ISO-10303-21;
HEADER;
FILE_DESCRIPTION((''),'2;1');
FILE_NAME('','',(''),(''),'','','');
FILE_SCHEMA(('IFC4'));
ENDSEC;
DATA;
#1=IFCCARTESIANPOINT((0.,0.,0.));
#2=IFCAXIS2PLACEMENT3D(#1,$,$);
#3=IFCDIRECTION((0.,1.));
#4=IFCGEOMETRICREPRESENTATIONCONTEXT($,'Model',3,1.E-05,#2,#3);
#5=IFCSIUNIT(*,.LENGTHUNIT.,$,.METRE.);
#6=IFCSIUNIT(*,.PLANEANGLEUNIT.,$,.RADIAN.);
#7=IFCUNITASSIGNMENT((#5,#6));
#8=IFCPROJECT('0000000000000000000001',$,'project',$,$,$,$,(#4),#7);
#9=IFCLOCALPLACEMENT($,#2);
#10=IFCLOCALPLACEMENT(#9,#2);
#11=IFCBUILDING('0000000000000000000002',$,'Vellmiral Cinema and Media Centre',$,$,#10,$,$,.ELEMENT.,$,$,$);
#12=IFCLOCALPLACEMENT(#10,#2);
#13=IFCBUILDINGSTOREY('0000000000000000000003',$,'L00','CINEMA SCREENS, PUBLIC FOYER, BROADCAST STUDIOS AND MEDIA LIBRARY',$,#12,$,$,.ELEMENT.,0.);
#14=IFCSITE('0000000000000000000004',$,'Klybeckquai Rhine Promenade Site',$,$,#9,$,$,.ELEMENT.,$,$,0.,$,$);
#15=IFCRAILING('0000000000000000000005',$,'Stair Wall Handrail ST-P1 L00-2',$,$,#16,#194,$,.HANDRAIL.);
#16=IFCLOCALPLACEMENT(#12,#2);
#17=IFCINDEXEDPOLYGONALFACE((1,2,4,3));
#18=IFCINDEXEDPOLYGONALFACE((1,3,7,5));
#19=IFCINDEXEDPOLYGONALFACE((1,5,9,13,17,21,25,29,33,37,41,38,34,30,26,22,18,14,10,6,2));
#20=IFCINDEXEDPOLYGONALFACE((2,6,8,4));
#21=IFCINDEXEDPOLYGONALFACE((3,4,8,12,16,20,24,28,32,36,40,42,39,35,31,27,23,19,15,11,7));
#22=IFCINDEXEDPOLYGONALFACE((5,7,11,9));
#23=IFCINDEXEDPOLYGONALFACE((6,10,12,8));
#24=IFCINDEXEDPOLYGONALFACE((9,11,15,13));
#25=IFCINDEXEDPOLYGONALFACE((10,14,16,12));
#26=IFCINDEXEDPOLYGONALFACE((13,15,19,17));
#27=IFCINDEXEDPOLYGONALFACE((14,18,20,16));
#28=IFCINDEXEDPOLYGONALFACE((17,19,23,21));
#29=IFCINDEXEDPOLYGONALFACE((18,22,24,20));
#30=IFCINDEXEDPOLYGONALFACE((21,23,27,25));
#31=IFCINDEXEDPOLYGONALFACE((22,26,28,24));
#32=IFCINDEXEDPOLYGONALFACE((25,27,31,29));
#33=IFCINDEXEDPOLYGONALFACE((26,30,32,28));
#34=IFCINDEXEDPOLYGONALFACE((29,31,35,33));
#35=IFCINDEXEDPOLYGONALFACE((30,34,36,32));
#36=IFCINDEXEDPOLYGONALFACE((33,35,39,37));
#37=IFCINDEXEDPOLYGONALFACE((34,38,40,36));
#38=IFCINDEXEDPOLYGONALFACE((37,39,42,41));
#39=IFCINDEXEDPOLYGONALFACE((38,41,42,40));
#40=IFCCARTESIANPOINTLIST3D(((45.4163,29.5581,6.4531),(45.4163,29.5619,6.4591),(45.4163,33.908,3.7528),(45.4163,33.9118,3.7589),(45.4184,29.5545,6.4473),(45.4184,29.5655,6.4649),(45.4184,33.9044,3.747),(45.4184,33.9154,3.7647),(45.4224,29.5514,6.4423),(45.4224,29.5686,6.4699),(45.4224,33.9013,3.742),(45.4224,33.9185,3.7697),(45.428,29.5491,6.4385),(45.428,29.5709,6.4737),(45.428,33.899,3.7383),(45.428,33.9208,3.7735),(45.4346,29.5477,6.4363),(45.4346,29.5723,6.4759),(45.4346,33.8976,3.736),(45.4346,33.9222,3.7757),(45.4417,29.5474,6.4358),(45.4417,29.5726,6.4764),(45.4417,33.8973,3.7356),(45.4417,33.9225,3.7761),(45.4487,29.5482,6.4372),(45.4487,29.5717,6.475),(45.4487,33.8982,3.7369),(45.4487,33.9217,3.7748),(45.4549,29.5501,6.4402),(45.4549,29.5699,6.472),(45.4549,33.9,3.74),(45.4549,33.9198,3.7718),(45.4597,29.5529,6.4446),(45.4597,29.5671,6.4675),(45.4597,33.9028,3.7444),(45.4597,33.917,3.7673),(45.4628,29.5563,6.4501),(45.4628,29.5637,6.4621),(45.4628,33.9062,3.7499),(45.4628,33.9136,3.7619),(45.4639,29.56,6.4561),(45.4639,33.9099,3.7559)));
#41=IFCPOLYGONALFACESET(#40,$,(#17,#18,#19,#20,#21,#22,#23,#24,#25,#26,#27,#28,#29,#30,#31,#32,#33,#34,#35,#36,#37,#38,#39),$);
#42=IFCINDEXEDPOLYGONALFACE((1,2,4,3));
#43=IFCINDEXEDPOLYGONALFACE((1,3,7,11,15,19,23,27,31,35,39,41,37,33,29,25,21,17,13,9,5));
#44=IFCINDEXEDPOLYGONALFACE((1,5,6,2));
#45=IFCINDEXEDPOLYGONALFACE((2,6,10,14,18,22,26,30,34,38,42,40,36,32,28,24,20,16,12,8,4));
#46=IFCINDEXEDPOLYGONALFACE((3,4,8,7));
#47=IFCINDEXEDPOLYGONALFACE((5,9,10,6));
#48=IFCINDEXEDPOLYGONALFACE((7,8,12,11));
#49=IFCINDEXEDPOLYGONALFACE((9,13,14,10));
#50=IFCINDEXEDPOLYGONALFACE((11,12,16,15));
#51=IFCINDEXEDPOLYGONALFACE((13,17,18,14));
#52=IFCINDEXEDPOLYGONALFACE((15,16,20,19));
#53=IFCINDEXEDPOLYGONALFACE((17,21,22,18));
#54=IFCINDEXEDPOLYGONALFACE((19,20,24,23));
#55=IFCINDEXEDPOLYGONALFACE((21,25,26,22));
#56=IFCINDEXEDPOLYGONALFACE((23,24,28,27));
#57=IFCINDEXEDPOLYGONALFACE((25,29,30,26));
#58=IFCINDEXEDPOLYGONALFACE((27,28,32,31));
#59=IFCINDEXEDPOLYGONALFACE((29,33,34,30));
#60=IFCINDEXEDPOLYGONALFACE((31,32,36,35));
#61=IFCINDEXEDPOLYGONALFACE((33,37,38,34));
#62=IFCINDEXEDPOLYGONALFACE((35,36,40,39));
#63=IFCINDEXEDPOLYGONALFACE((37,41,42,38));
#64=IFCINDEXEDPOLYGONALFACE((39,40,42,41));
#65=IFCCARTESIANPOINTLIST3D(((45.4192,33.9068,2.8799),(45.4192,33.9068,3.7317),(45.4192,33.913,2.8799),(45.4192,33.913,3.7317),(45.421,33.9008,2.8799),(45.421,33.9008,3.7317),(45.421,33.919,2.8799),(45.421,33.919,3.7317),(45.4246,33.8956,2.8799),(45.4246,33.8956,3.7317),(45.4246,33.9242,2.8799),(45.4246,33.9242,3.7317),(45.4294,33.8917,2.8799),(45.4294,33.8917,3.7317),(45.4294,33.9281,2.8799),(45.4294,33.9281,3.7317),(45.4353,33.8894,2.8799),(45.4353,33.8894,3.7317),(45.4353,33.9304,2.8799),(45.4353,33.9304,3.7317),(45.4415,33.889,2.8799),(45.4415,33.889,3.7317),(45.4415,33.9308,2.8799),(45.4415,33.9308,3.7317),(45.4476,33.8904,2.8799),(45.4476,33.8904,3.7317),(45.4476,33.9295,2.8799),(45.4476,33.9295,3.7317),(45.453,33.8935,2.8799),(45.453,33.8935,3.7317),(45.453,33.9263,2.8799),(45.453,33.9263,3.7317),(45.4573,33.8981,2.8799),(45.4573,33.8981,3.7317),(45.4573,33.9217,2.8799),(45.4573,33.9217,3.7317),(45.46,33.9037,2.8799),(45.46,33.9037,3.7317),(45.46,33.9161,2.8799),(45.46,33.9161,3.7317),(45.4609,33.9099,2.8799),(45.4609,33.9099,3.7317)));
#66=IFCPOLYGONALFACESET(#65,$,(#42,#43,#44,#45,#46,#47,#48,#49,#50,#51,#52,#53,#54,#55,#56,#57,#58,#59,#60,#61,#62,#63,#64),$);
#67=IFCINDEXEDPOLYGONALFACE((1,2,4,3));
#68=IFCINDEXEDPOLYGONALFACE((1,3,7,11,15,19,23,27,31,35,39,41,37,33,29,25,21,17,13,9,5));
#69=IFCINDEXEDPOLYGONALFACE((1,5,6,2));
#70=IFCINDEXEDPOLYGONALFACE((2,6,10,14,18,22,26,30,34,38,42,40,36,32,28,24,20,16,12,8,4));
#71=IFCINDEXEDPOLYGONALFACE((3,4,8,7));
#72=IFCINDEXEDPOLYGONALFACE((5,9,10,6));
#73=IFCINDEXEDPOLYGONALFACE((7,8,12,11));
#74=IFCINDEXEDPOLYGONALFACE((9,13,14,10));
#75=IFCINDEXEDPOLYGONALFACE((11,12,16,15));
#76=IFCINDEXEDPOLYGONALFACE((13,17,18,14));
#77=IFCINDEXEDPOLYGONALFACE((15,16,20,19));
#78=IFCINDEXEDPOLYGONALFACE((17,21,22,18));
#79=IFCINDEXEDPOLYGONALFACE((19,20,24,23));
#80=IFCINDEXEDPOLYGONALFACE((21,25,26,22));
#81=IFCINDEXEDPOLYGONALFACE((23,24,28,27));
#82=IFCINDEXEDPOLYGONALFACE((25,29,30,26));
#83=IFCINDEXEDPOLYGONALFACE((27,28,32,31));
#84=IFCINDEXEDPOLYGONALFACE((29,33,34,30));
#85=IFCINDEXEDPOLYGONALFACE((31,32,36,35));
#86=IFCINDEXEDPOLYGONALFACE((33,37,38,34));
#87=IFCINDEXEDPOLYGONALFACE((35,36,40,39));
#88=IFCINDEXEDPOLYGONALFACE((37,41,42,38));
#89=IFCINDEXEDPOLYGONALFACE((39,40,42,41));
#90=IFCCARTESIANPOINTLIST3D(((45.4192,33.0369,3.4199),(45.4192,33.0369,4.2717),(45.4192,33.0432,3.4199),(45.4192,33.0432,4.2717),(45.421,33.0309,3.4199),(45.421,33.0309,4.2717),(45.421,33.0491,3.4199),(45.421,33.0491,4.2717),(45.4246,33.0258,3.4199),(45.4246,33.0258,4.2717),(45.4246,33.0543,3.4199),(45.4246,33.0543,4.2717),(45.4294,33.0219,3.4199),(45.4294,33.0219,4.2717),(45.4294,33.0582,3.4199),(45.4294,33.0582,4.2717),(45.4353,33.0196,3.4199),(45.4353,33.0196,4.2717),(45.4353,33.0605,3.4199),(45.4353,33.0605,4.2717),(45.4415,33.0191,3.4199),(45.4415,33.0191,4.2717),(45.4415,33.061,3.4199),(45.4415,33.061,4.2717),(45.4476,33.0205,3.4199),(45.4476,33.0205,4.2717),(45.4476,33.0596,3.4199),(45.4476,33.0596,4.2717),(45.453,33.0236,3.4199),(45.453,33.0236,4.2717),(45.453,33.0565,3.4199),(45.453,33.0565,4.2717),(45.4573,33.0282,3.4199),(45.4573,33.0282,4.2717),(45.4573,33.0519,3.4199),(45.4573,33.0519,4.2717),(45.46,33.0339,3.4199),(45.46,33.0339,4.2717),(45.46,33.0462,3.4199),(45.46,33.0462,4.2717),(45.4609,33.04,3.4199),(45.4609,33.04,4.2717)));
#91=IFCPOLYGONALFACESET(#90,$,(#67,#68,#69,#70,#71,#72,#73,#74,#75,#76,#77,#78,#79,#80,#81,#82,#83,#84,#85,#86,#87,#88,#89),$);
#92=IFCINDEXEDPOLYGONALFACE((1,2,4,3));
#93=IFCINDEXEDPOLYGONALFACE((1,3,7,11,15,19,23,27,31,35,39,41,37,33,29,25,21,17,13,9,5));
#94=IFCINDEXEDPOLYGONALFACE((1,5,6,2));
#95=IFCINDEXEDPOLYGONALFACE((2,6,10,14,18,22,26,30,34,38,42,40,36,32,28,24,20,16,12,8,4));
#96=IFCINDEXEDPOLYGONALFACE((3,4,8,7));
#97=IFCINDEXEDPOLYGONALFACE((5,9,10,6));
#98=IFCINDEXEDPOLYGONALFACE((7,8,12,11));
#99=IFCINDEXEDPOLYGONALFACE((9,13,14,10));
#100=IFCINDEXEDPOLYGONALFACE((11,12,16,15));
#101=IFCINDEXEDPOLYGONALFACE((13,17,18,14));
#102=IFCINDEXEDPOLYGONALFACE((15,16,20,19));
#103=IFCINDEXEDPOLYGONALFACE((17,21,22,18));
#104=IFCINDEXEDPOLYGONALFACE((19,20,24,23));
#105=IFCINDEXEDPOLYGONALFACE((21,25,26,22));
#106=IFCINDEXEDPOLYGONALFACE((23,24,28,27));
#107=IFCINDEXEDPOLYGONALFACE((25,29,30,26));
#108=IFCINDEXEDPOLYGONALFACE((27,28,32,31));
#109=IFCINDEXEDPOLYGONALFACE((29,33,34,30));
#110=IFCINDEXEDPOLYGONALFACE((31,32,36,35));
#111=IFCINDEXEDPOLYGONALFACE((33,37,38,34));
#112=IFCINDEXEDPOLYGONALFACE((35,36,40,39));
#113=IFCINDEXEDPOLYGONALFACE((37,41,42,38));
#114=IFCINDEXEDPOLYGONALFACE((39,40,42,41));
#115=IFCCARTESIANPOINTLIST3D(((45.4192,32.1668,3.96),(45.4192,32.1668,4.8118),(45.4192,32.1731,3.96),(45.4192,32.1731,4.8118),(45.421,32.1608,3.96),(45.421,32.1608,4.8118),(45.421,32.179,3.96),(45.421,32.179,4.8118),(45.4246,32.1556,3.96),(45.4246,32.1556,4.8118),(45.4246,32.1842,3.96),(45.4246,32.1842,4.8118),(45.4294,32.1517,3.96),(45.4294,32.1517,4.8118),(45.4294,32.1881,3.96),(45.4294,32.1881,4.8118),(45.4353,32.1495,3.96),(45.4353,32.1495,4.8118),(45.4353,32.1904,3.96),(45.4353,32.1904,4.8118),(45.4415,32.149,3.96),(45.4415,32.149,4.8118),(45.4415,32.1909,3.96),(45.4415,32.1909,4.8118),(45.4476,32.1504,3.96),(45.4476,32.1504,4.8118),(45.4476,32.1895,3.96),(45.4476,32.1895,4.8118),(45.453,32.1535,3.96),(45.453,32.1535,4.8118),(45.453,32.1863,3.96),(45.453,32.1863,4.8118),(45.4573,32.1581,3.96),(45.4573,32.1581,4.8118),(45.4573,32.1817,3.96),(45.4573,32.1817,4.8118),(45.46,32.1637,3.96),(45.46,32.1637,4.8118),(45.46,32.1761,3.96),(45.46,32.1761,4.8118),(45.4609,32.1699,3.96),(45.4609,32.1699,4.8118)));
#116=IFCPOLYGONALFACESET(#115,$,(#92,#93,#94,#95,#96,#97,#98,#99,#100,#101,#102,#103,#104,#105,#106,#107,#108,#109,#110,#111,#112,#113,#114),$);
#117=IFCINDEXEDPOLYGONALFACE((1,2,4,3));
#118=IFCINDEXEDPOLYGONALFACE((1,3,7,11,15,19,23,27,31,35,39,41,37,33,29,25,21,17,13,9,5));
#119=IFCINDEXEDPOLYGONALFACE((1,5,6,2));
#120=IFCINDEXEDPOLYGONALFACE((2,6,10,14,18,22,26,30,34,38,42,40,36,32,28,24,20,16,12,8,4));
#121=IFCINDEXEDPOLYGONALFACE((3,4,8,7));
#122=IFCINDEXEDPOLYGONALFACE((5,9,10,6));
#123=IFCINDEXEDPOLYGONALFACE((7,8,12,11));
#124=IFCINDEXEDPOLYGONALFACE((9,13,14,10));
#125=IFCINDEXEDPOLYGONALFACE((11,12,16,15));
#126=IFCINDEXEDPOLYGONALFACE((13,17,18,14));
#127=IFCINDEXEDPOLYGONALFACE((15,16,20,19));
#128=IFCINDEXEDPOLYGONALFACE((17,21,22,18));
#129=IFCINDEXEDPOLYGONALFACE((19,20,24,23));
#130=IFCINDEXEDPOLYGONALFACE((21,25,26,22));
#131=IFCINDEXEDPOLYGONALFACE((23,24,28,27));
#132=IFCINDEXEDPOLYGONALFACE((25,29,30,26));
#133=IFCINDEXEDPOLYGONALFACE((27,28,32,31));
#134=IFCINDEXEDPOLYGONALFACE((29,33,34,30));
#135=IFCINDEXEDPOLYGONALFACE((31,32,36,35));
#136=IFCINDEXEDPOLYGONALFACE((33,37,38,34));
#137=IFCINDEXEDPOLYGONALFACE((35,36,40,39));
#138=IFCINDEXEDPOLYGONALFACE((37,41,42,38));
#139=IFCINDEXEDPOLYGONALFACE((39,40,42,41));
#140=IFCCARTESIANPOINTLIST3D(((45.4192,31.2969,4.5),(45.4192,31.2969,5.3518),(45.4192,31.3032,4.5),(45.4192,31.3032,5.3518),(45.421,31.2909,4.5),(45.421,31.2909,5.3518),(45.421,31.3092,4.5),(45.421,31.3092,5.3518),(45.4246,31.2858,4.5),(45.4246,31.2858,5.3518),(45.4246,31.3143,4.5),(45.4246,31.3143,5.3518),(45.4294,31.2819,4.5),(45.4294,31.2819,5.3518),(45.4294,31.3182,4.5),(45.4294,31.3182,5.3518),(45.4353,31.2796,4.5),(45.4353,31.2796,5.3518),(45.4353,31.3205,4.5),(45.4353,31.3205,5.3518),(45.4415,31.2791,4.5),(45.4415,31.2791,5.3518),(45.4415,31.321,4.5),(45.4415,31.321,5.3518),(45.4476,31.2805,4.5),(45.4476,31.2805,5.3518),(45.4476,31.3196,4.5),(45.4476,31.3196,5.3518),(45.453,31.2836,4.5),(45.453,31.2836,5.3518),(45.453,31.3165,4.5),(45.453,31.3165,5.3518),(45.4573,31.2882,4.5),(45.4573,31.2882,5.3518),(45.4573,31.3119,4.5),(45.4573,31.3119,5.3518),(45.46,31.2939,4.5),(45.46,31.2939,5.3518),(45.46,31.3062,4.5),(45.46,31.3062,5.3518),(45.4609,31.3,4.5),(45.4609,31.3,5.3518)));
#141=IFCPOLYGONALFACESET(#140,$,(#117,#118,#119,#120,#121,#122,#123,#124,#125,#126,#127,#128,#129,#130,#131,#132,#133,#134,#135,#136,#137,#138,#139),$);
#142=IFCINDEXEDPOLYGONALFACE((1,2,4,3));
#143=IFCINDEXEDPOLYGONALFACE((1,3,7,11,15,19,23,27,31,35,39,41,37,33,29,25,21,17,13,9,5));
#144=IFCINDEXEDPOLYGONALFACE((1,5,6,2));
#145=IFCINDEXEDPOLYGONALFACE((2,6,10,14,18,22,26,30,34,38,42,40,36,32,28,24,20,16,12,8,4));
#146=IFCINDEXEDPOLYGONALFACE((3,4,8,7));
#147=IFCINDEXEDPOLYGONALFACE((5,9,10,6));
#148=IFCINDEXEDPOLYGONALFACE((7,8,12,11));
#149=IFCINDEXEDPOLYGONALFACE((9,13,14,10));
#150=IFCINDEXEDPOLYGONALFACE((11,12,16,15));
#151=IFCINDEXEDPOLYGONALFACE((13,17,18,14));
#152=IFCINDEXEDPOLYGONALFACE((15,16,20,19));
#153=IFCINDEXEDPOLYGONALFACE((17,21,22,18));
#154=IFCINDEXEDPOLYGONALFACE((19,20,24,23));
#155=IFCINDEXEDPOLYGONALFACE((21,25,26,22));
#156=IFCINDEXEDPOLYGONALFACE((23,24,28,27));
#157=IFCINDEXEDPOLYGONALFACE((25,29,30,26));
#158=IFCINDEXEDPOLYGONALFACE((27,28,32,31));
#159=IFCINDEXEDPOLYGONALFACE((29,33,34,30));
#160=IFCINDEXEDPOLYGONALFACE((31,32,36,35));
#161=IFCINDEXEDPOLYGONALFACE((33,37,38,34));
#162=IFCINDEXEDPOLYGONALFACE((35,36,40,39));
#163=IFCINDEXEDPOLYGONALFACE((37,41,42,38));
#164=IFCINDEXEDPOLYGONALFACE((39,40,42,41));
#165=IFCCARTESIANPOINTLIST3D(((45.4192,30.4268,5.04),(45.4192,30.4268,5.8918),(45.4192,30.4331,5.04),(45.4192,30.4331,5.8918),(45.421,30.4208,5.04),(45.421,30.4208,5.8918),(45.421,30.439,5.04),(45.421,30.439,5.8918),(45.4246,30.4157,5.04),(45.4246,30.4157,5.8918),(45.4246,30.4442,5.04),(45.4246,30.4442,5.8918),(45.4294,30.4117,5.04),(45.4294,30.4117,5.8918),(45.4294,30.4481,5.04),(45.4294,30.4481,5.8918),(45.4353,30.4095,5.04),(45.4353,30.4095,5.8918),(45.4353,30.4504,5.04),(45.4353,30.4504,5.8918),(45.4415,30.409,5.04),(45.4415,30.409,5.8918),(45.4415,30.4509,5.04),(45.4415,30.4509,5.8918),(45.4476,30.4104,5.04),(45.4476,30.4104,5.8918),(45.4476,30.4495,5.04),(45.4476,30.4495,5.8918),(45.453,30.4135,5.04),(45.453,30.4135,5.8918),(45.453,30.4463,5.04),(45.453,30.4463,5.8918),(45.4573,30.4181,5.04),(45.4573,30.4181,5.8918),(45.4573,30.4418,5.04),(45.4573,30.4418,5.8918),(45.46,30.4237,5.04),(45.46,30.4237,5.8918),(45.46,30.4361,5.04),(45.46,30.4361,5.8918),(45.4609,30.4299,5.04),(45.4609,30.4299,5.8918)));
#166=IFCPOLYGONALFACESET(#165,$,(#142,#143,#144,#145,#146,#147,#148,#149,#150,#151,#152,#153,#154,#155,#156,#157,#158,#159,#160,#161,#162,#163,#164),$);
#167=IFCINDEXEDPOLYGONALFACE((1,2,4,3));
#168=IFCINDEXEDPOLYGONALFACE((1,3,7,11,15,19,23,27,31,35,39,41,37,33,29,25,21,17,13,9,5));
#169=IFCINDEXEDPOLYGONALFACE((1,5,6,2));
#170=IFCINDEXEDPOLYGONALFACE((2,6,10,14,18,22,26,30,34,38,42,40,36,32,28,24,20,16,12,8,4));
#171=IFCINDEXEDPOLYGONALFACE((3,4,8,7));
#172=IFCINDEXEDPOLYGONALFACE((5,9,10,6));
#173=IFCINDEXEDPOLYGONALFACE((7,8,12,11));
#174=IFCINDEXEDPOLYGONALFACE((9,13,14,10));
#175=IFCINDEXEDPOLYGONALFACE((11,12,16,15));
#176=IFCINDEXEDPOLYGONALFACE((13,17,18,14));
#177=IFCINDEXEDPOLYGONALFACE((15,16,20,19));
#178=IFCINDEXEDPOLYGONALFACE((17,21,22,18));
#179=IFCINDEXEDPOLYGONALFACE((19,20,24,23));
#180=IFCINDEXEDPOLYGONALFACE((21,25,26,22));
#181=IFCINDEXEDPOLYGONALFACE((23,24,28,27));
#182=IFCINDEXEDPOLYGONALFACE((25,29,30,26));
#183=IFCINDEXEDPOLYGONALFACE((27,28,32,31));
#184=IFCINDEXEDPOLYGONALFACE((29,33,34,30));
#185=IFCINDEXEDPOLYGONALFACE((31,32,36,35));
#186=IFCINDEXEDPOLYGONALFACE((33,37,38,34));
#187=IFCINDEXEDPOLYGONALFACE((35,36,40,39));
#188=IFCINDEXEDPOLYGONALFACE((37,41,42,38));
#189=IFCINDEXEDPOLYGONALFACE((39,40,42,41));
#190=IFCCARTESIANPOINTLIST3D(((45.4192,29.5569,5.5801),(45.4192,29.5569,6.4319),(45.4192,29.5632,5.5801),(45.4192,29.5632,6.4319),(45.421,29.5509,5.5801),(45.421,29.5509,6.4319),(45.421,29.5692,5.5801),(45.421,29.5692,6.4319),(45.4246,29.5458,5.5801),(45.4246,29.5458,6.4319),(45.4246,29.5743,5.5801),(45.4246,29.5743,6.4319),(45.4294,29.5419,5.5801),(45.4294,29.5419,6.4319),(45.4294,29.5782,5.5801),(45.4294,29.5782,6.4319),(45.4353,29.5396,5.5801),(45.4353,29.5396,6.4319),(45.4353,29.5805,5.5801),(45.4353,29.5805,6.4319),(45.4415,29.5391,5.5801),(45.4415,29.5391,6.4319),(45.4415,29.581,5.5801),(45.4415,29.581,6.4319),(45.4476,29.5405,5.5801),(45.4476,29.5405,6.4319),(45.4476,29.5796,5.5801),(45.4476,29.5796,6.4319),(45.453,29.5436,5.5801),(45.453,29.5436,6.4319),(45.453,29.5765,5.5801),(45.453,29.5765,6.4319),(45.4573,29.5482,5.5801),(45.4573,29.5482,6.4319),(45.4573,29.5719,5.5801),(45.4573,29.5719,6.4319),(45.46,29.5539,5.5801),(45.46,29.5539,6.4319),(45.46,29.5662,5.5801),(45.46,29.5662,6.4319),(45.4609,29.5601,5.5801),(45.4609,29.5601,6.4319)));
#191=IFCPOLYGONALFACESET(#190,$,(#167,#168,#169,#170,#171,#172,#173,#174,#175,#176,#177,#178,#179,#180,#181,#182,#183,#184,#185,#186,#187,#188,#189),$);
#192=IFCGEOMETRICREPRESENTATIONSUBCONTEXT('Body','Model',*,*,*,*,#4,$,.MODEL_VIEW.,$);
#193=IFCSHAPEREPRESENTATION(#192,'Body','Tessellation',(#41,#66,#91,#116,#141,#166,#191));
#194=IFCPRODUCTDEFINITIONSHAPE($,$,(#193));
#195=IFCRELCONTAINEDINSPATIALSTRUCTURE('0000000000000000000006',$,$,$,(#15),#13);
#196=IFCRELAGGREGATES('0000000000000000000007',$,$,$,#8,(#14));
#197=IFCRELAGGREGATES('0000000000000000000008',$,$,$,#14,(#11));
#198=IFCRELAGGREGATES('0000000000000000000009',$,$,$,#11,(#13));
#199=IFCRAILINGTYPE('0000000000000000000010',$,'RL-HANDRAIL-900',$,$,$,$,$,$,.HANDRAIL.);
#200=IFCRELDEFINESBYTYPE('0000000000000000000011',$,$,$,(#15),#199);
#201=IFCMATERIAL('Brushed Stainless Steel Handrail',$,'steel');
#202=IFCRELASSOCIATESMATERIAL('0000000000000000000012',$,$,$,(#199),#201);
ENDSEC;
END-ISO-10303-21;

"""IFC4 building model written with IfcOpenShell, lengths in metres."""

from ifc_helpers import new_model, si_unit, direction, frame, origin, origin_2d, place, context, subcontext, project, spatial, circle, extrude, material, type_object, element, save


model = new_model("IFC4")

# Units and contexts
model_context = context("Model", 3, precision=1e-05, world=origin(), true_north=direction((0.0, 1.0)))
body_context = subcontext(model_context, "Body", "Model", "MODEL_VIEW")
ifc_project = project(units=[si_unit("LENGTHUNIT", "METRE"), si_unit("PLANEANGLEUNIT", "RADIAN")], contexts=[model_context])

# Site, building, storey
site_placement = place(None, origin())
site = spatial("IfcSite", under=ifc_project, at=site_placement, Name="Klybeckquai Rhine Promenade Site", CompositionType="ELEMENT", RefElevation=0.0)
building_placement = place(site_placement, origin())
building = spatial("IfcBuilding", under=site, at=building_placement, Name="Vellmiral Cinema and Media Centre", CompositionType="ELEMENT")
storey_placement = place(building_placement, origin())
storey = spatial("IfcBuildingStorey", under=building, at=storey_placement, Name="L00", Description="CINEMA SCREENS, PUBLIC FOYER, BROADCAST STUDIOS AND MEDIA LIBRARY", CompositionType="ELEMENT", Elevation=0.0)

# Railing
ifc_material_1 = material(Name="Brushed Stainless Steel Handrail", Category="steel")
railing_type_1 = type_object("IfcRailingType", Name="RL-HANDRAIL-900", PredefinedType="HANDRAIL", material=ifc_material_1)
railing_1_placement = place(storey_placement, frame((45.4399, 33.9099, 2.8799)))
element("IfcRailing", 1, at=railing_1_placement, inside=storey, type_object=railing_type_1, Name="Stair Wall Handrail ST-P1 L00-2", PredefinedType="HANDRAIL", context=body_context, shape_type="SweptSolid", body=[
    extrude(circle(Radius=0.0239, at=origin_2d()), frame((0.0, 0.0, 0.876), z_axis=(0.0, -0.849615, 0.527403), x_axis=(1.0, 0.0, 0.0)), (0.0, 0.0, 1.0), 5.1199),
    extrude(circle(Radius=0.021, at=origin_2d()), origin(), (0.0, 0.0, 1.0), 0.8518),
    extrude(circle(Radius=0.021, at=origin_2d()), frame((0.0, -0.8699, 0.54)), (0.0, 0.0, 1.0), 0.8518),
    extrude(circle(Radius=0.021, at=origin_2d()), frame((0.0, -1.74, 1.0801)), (0.0, 0.0, 1.0), 0.8518),
    extrude(circle(Radius=0.021, at=origin_2d()), frame((0.0, -2.6099, 1.6201)), (0.0, 0.0, 1.0), 0.8518),
    extrude(circle(Radius=0.021, at=origin_2d()), frame((0.0, -3.48, 2.1602)), (0.0, 0.0, 1.0), 0.8518),
    extrude(circle(Radius=0.021, at=origin_2d()), frame((0.0, -4.3499, 2.7002)), (0.0, 0.0, 1.0), 0.8518),
])

save(model, "model.ifc")
